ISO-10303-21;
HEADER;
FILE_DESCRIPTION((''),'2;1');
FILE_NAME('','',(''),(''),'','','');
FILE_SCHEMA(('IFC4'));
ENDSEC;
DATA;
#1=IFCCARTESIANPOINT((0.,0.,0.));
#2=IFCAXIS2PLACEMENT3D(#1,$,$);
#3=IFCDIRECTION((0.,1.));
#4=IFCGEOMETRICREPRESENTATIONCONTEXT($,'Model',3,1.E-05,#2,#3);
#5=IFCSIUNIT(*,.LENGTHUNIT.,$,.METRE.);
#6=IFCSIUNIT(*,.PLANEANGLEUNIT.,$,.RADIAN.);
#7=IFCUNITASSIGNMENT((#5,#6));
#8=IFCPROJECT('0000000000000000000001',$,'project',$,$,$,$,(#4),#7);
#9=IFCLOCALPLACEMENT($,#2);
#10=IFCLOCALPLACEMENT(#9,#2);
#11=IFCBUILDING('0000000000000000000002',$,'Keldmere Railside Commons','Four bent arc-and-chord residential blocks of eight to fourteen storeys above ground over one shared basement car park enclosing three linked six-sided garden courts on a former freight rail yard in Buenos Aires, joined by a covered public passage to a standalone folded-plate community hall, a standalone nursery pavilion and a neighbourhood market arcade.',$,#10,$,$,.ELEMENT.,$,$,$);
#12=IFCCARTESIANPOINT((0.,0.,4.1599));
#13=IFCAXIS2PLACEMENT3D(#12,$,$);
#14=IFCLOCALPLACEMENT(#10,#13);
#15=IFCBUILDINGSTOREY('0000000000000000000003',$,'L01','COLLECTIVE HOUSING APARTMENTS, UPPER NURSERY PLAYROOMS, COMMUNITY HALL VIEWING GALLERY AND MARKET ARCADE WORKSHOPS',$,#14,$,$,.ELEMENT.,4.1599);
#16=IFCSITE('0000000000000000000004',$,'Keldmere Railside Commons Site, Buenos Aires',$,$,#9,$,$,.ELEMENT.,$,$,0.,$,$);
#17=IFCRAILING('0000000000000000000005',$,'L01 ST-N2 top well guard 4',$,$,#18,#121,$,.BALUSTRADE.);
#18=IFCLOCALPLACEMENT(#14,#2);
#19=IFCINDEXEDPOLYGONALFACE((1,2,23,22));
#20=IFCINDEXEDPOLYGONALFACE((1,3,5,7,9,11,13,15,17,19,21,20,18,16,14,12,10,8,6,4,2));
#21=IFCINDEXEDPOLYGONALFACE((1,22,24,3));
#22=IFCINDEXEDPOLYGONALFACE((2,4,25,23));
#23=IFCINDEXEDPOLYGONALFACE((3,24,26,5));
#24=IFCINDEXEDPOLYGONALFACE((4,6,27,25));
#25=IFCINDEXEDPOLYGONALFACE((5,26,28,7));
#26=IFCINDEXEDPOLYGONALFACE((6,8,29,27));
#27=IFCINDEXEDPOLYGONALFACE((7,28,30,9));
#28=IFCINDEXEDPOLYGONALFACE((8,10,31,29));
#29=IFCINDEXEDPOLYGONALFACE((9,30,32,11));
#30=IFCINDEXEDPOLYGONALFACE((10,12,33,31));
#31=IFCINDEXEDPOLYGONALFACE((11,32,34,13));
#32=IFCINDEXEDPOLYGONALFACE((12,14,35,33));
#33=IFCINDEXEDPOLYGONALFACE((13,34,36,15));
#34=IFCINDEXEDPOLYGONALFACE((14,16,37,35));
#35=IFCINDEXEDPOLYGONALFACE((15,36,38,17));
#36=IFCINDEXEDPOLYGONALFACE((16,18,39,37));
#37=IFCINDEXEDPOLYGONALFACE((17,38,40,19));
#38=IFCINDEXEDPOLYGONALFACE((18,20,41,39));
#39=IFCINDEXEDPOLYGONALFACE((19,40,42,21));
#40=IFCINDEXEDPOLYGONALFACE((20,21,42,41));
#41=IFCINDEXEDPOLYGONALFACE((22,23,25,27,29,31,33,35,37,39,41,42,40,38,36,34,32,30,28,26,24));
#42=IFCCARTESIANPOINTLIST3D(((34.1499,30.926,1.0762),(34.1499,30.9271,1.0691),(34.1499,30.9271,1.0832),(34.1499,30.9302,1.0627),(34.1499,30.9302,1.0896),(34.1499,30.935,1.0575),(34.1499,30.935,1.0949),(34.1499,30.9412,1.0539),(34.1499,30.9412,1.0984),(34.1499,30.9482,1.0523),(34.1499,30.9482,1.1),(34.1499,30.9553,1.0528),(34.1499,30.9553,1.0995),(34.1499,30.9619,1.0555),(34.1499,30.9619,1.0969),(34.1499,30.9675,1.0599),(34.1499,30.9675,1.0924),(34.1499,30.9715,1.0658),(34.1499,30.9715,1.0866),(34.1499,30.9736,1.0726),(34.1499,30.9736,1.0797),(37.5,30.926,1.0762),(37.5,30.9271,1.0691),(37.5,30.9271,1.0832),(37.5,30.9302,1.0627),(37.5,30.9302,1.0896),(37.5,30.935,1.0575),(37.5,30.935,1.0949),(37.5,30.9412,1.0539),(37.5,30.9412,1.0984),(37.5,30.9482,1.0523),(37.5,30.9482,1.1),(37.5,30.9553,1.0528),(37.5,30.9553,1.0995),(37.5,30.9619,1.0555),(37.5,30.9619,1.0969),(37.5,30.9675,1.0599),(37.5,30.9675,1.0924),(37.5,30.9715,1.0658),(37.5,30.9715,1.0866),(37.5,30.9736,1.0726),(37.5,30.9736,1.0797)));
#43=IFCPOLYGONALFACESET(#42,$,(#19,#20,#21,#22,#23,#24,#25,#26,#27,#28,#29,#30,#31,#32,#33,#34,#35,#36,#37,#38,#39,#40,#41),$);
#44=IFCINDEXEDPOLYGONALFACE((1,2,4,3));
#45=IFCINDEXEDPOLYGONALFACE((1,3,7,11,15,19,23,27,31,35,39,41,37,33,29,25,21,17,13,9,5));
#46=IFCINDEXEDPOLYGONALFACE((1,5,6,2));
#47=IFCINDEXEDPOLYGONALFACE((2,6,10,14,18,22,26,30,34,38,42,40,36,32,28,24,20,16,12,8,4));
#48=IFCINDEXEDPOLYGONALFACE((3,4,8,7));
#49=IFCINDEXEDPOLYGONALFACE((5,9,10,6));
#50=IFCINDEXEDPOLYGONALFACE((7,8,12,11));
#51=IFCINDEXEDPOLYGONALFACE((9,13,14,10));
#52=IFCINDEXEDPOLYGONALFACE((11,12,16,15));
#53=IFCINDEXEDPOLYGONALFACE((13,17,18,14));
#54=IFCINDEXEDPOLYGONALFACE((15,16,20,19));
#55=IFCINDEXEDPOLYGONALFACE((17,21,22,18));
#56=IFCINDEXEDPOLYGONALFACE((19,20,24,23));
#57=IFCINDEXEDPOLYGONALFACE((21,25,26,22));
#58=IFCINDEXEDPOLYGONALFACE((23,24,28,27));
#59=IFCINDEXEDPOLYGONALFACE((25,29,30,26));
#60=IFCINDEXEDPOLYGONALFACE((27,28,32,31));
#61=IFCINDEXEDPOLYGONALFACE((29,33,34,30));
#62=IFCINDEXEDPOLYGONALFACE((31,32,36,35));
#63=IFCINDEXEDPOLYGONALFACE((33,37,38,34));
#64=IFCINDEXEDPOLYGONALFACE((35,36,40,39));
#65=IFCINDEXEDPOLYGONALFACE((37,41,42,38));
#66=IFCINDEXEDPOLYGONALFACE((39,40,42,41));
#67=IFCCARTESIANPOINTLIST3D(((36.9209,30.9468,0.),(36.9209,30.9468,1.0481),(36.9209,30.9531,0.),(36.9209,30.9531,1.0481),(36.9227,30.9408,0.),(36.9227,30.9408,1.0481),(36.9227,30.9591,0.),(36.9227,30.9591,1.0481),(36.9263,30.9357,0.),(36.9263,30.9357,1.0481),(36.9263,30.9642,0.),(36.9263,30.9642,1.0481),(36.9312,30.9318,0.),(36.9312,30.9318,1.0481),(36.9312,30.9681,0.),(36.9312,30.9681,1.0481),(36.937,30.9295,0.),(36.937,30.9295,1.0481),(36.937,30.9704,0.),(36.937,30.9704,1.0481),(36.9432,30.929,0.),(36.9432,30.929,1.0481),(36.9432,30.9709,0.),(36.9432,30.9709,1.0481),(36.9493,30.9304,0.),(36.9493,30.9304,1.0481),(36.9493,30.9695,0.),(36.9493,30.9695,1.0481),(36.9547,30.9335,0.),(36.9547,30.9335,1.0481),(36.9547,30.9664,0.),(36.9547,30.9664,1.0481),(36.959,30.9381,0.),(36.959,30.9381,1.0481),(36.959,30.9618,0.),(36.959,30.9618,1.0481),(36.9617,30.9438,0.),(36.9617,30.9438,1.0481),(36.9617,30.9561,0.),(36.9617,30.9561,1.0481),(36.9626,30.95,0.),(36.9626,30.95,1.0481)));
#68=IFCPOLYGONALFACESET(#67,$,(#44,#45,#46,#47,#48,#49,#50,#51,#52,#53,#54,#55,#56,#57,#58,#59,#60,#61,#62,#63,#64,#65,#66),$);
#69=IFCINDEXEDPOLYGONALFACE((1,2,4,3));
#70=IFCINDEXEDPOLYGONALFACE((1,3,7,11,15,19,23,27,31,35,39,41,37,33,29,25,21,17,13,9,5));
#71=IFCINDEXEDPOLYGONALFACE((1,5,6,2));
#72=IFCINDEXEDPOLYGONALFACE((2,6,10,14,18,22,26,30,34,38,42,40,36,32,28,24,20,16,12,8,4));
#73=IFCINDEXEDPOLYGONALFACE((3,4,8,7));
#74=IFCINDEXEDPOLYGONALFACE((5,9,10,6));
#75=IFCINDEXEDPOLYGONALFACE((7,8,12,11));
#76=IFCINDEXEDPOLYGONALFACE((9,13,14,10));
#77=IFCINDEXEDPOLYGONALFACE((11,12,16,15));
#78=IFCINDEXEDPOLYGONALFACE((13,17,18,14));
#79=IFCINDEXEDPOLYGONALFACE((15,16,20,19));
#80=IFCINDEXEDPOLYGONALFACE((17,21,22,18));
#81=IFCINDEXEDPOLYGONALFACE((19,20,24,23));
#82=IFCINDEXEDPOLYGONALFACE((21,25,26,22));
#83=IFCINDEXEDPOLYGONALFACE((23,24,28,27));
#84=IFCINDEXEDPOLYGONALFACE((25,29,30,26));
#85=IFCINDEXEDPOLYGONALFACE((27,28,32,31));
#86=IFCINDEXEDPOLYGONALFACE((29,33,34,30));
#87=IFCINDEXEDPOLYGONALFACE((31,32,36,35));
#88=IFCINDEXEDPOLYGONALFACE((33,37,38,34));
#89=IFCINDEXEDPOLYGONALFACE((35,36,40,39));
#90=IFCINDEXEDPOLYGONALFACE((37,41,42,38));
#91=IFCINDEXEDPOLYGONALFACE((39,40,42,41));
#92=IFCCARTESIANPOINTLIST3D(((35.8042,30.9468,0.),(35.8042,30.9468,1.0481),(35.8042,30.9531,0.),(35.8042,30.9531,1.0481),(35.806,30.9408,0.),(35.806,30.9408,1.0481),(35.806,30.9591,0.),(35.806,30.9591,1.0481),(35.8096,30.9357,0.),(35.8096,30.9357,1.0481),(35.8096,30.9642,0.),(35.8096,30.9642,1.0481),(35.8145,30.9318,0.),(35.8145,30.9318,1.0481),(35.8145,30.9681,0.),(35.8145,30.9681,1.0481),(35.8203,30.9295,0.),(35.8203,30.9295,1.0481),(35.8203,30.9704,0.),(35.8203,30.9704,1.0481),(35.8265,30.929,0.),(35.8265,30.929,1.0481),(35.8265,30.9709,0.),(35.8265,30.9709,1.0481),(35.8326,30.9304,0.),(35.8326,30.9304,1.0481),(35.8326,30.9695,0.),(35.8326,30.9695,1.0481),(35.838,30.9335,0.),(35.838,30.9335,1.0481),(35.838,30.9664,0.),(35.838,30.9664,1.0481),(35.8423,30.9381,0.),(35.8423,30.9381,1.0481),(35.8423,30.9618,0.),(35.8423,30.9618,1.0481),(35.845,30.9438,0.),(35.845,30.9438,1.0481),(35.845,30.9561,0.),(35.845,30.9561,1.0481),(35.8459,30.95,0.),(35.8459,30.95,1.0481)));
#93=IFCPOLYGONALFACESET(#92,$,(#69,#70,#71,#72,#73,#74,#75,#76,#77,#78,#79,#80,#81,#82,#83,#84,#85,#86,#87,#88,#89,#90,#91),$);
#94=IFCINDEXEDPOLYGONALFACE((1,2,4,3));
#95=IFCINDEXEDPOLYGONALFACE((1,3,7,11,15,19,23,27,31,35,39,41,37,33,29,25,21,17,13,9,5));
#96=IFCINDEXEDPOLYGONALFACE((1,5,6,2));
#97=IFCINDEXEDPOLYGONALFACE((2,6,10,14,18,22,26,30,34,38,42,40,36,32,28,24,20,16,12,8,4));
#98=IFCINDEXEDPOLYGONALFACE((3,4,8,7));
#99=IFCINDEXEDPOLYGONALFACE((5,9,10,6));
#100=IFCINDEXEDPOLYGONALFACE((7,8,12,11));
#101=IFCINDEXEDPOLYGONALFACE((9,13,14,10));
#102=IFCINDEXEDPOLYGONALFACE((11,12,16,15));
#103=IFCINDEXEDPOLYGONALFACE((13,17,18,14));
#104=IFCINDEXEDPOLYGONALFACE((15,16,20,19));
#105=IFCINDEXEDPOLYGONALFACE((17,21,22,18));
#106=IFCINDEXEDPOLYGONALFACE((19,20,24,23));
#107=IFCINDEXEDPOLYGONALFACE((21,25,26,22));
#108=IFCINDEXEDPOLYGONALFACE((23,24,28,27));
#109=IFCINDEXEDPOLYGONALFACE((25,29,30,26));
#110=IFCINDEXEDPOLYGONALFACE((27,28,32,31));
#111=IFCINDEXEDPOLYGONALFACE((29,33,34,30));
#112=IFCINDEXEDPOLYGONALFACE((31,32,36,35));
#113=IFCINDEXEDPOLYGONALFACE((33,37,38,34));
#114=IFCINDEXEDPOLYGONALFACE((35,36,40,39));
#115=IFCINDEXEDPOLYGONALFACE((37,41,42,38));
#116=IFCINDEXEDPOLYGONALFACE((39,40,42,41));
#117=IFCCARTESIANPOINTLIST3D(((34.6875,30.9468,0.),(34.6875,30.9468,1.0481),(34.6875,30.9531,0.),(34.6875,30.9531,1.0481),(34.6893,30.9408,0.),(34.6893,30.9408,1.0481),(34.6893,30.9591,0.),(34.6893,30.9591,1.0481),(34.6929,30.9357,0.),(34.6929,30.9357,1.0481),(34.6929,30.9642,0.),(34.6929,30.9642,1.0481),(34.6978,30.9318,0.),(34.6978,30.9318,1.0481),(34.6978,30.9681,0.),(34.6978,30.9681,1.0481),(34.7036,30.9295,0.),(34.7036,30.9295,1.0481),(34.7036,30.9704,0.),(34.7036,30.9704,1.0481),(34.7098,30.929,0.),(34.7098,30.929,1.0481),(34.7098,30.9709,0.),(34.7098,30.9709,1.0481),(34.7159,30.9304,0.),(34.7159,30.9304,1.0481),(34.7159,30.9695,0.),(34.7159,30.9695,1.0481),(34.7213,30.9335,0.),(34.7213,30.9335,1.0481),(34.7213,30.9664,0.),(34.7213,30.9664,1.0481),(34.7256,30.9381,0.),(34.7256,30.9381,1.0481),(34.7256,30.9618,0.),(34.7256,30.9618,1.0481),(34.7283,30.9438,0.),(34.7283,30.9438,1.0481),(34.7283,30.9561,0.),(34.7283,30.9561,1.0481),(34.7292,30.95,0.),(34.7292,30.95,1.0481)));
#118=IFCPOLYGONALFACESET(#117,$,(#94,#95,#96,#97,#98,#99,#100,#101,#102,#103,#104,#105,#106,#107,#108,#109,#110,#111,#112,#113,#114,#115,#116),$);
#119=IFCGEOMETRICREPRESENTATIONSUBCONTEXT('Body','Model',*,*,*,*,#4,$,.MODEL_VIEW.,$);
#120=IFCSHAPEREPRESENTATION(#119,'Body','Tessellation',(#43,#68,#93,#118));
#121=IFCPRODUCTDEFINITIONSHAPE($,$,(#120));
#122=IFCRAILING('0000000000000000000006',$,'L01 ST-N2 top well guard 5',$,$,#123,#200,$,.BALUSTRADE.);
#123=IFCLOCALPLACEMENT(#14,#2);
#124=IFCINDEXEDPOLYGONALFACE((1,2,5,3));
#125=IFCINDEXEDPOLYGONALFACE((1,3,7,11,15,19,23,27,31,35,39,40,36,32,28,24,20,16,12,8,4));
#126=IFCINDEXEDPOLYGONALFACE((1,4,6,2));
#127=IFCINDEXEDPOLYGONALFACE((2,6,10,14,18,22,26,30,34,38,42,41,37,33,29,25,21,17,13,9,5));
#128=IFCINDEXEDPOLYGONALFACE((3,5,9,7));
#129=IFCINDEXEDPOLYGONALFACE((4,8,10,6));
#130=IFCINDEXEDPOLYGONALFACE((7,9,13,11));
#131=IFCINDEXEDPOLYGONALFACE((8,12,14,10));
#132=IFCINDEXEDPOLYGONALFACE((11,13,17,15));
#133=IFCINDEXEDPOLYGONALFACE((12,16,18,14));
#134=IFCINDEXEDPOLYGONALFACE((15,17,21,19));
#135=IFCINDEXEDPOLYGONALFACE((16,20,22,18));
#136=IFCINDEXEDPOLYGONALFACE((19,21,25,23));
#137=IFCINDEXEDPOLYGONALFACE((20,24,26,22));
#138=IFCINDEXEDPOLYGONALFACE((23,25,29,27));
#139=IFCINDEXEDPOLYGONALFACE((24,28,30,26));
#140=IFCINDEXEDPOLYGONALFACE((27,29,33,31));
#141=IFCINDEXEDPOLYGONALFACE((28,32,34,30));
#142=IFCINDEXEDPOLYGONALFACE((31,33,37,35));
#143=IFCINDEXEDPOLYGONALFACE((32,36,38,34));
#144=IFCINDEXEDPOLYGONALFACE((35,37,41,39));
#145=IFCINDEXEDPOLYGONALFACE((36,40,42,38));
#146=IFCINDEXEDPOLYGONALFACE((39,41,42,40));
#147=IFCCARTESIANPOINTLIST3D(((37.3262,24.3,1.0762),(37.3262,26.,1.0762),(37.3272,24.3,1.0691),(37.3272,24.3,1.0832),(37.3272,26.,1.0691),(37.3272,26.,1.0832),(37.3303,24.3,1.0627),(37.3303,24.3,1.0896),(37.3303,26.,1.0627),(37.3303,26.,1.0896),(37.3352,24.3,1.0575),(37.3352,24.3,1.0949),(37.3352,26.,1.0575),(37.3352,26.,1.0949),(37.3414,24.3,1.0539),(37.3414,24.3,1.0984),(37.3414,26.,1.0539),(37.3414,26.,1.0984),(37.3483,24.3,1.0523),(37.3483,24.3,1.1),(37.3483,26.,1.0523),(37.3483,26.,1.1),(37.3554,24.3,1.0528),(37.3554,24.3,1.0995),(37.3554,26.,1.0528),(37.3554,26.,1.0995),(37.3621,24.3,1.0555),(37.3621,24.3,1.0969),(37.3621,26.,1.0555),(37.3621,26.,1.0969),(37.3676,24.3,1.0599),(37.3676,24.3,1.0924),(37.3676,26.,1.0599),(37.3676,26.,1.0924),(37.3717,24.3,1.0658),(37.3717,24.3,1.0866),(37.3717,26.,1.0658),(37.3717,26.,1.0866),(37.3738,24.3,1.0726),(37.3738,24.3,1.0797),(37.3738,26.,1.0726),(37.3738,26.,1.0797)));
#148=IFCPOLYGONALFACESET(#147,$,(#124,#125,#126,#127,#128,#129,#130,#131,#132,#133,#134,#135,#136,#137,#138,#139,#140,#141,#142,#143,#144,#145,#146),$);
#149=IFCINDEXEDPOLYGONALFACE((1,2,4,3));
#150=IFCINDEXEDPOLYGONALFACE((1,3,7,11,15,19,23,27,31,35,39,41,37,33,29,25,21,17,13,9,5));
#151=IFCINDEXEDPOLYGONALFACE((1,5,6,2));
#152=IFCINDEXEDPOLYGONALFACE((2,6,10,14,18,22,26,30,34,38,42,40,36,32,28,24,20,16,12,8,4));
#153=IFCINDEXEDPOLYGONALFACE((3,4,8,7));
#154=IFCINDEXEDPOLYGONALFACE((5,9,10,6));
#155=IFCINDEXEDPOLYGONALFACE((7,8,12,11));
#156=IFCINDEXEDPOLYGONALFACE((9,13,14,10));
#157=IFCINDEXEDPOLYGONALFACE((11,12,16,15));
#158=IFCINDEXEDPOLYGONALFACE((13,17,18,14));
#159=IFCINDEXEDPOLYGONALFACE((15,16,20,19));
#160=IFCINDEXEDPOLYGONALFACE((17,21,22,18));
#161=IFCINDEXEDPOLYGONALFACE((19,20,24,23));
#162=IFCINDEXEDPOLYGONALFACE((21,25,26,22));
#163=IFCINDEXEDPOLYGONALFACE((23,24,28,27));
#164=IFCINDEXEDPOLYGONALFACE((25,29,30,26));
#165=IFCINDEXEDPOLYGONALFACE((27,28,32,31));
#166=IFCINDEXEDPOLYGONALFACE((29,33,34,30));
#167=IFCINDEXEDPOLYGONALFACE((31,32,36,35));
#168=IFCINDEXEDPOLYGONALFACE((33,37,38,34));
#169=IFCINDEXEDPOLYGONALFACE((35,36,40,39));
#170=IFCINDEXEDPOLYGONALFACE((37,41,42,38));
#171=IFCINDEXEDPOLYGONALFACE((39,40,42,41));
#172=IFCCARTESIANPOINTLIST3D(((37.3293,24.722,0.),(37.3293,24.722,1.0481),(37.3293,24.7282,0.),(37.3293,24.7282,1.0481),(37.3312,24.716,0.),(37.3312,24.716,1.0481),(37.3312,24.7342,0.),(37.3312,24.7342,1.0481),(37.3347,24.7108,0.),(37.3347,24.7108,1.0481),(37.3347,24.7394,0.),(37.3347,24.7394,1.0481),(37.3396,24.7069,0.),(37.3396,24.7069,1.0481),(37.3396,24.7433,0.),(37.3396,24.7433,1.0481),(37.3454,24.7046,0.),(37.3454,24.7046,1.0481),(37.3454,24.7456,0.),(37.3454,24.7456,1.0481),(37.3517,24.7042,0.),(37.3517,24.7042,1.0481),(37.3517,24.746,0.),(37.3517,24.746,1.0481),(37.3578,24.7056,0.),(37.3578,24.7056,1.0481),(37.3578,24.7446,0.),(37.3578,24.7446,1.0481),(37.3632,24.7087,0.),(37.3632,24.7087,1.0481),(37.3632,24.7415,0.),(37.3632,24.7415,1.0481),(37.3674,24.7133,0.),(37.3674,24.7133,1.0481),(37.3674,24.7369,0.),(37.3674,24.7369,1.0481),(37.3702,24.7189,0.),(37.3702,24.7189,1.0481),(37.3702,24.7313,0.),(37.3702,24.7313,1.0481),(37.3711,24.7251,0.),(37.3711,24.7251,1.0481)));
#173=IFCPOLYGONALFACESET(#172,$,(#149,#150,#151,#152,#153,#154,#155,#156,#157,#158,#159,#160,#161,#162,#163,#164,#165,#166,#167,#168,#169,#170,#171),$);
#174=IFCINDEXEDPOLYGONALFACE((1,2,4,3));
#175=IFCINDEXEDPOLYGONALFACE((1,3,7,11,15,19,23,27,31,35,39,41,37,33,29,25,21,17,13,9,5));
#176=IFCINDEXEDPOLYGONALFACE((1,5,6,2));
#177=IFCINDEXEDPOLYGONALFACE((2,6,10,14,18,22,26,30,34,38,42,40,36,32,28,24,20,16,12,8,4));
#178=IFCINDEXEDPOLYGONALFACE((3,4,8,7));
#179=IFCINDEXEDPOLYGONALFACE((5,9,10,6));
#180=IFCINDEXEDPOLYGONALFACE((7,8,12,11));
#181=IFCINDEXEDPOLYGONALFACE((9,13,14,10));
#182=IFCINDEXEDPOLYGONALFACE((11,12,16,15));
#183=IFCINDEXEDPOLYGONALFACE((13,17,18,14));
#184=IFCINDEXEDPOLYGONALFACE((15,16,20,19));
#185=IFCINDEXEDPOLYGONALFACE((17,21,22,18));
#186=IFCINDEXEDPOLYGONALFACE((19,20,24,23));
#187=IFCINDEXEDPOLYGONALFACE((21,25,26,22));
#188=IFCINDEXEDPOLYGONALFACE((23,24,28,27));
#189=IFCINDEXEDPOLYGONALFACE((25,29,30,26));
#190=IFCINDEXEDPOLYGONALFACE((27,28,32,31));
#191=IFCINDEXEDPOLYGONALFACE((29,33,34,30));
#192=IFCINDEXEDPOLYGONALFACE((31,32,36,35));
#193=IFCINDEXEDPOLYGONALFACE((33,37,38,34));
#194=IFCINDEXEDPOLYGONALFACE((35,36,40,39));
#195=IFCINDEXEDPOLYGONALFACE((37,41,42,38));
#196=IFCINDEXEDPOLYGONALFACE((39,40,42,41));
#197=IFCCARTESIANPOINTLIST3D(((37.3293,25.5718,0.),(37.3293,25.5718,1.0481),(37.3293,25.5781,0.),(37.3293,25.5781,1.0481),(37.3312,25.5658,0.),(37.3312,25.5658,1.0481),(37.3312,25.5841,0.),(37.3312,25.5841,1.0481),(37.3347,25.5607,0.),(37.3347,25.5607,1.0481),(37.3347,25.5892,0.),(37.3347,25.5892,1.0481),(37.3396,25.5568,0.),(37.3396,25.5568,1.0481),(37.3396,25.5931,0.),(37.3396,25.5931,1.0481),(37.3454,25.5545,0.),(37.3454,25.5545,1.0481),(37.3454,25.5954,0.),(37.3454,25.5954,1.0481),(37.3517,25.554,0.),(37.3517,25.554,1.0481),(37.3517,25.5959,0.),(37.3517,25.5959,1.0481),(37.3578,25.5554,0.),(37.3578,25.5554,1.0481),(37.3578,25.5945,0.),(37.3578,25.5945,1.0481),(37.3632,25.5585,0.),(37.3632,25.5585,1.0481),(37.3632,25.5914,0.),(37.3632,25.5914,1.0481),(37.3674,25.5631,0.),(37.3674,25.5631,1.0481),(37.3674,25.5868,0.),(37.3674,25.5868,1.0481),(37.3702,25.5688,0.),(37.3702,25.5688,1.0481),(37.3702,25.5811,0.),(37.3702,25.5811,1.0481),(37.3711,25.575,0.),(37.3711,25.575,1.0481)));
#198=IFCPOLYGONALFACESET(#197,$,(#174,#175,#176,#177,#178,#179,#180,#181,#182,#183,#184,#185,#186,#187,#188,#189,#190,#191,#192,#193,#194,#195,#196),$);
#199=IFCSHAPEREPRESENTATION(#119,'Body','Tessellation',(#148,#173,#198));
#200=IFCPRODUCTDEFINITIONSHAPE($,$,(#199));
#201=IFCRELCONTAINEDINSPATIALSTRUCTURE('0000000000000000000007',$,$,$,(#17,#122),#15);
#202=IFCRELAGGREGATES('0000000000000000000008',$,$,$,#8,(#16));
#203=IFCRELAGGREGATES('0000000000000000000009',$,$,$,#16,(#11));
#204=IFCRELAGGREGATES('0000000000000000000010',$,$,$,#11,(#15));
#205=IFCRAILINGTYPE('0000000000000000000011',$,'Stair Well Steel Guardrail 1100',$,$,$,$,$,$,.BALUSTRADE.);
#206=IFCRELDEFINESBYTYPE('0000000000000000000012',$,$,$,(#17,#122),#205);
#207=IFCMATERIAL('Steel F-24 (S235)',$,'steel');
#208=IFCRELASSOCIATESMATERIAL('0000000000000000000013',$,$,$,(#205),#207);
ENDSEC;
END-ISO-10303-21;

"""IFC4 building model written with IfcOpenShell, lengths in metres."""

from ifc_helpers import new_model, si_unit, direction, frame, origin, origin_2d, place, context, subcontext, project, spatial, circle, extrude, material, type_object, element, save


model = new_model("IFC4")

# Units and contexts
model_context = context("Model", 3, precision=1e-05, world=origin(), true_north=direction((0.0, 1.0)))
body_context = subcontext(model_context, "Body", "Model", "MODEL_VIEW")
ifc_project = project(units=[si_unit("LENGTHUNIT", "METRE"), si_unit("PLANEANGLEUNIT", "RADIAN")], contexts=[model_context])

# Site, building, storey
site_placement = place(None, origin())
site = spatial("IfcSite", under=ifc_project, at=site_placement, Name="Keldmere Railside Commons Site, Buenos Aires", CompositionType="ELEMENT", RefElevation=0.0)
building_placement = place(site_placement, origin())
building = spatial("IfcBuilding", under=site, at=building_placement, Name="Keldmere Railside Commons", Description="Four bent arc-and-chord residential blocks of eight to fourteen storeys above ground over one shared basement car park enclosing three linked six-sided garden courts on a former freight rail yard in Buenos Aires, joined by a covered public passage to a standalone folded-plate community hall, a standalone nursery pavilion and a neighbourhood market arcade.", CompositionType="ELEMENT")
storey_placement = place(building_placement, frame((0.0, 0.0, 4.1599)))
storey = spatial("IfcBuildingStorey", under=building, at=storey_placement, Name="L01", Description="COLLECTIVE HOUSING APARTMENTS, UPPER NURSERY PLAYROOMS, COMMUNITY HALL VIEWING GALLERY AND MARKET ARCADE WORKSHOPS", CompositionType="ELEMENT", Elevation=4.1599)

# Shared definitions
ifc_material_1 = material(Name="Steel F-24 (S235)", Category="steel")

# Railings
railing_type = type_object("IfcRailingType", Name="Stair Well Steel Guardrail 1100", PredefinedType="BALUSTRADE", material=ifc_material_1)
railing_1_placement = place(storey_placement, frame((37.5, 30.95, 0.0)))
element("IfcRailing", 1, at=railing_1_placement, inside=storey, type_object=railing_type, Name="L01 ST-N2 top well guard 4", PredefinedType="BALUSTRADE", context=body_context, shape_type="SweptSolid", body=[
    extrude(circle(Radius=0.0239, at=origin_2d()), frame((0.0, 0.0, 1.0762), z_axis=(-1.0, 0.0, 0.0), x_axis=(0.0, -1.0, 0.0)), (0.0, 0.0, 1.0), 3.3501),
    extrude(circle(Radius=0.021, at=origin_2d()), frame((-0.5583, 0.0, 0.0)), (0.0, 0.0, 1.0), 1.0481),
    extrude(circle(Radius=0.021, at=origin_2d()), frame((-1.675, 0.0, 0.0)), (0.0, 0.0, 1.0), 1.0481),
    extrude(circle(Radius=0.021, at=origin_2d()), frame((-2.7917, 0.0, 0.0)), (0.0, 0.0, 1.0), 1.0481),
])
for number, where, name in (
    (2, (37.3501, 24.3, 0.0), "L01 ST-N2 top well guard 5"),
):
    element("IfcRailing", number, at=place(storey_placement, frame(where)), inside=storey, type_object=railing_type, Name=name, PredefinedType="BALUSTRADE", context=body_context, shape_type="SweptSolid", body=[
        extrude(circle(Radius=0.0239, at=origin_2d()), frame((0.0, 0.0, 1.0762), z_axis=(0.0, 1.0, 0.0), x_axis=(-1.0, 0.0, 0.0)), (0.0, 0.0, 1.0), 1.7),
        extrude(circle(Radius=0.021, at=origin_2d()), frame((0.0, 0.425, 0.0)), (0.0, 0.0, 1.0), 1.0481),
        extrude(circle(Radius=0.021, at=origin_2d()), frame((0.0, 1.2749, 0.0)), (0.0, 0.0, 1.0), 1.0481),
    ])

save(model, "model.ifc")
